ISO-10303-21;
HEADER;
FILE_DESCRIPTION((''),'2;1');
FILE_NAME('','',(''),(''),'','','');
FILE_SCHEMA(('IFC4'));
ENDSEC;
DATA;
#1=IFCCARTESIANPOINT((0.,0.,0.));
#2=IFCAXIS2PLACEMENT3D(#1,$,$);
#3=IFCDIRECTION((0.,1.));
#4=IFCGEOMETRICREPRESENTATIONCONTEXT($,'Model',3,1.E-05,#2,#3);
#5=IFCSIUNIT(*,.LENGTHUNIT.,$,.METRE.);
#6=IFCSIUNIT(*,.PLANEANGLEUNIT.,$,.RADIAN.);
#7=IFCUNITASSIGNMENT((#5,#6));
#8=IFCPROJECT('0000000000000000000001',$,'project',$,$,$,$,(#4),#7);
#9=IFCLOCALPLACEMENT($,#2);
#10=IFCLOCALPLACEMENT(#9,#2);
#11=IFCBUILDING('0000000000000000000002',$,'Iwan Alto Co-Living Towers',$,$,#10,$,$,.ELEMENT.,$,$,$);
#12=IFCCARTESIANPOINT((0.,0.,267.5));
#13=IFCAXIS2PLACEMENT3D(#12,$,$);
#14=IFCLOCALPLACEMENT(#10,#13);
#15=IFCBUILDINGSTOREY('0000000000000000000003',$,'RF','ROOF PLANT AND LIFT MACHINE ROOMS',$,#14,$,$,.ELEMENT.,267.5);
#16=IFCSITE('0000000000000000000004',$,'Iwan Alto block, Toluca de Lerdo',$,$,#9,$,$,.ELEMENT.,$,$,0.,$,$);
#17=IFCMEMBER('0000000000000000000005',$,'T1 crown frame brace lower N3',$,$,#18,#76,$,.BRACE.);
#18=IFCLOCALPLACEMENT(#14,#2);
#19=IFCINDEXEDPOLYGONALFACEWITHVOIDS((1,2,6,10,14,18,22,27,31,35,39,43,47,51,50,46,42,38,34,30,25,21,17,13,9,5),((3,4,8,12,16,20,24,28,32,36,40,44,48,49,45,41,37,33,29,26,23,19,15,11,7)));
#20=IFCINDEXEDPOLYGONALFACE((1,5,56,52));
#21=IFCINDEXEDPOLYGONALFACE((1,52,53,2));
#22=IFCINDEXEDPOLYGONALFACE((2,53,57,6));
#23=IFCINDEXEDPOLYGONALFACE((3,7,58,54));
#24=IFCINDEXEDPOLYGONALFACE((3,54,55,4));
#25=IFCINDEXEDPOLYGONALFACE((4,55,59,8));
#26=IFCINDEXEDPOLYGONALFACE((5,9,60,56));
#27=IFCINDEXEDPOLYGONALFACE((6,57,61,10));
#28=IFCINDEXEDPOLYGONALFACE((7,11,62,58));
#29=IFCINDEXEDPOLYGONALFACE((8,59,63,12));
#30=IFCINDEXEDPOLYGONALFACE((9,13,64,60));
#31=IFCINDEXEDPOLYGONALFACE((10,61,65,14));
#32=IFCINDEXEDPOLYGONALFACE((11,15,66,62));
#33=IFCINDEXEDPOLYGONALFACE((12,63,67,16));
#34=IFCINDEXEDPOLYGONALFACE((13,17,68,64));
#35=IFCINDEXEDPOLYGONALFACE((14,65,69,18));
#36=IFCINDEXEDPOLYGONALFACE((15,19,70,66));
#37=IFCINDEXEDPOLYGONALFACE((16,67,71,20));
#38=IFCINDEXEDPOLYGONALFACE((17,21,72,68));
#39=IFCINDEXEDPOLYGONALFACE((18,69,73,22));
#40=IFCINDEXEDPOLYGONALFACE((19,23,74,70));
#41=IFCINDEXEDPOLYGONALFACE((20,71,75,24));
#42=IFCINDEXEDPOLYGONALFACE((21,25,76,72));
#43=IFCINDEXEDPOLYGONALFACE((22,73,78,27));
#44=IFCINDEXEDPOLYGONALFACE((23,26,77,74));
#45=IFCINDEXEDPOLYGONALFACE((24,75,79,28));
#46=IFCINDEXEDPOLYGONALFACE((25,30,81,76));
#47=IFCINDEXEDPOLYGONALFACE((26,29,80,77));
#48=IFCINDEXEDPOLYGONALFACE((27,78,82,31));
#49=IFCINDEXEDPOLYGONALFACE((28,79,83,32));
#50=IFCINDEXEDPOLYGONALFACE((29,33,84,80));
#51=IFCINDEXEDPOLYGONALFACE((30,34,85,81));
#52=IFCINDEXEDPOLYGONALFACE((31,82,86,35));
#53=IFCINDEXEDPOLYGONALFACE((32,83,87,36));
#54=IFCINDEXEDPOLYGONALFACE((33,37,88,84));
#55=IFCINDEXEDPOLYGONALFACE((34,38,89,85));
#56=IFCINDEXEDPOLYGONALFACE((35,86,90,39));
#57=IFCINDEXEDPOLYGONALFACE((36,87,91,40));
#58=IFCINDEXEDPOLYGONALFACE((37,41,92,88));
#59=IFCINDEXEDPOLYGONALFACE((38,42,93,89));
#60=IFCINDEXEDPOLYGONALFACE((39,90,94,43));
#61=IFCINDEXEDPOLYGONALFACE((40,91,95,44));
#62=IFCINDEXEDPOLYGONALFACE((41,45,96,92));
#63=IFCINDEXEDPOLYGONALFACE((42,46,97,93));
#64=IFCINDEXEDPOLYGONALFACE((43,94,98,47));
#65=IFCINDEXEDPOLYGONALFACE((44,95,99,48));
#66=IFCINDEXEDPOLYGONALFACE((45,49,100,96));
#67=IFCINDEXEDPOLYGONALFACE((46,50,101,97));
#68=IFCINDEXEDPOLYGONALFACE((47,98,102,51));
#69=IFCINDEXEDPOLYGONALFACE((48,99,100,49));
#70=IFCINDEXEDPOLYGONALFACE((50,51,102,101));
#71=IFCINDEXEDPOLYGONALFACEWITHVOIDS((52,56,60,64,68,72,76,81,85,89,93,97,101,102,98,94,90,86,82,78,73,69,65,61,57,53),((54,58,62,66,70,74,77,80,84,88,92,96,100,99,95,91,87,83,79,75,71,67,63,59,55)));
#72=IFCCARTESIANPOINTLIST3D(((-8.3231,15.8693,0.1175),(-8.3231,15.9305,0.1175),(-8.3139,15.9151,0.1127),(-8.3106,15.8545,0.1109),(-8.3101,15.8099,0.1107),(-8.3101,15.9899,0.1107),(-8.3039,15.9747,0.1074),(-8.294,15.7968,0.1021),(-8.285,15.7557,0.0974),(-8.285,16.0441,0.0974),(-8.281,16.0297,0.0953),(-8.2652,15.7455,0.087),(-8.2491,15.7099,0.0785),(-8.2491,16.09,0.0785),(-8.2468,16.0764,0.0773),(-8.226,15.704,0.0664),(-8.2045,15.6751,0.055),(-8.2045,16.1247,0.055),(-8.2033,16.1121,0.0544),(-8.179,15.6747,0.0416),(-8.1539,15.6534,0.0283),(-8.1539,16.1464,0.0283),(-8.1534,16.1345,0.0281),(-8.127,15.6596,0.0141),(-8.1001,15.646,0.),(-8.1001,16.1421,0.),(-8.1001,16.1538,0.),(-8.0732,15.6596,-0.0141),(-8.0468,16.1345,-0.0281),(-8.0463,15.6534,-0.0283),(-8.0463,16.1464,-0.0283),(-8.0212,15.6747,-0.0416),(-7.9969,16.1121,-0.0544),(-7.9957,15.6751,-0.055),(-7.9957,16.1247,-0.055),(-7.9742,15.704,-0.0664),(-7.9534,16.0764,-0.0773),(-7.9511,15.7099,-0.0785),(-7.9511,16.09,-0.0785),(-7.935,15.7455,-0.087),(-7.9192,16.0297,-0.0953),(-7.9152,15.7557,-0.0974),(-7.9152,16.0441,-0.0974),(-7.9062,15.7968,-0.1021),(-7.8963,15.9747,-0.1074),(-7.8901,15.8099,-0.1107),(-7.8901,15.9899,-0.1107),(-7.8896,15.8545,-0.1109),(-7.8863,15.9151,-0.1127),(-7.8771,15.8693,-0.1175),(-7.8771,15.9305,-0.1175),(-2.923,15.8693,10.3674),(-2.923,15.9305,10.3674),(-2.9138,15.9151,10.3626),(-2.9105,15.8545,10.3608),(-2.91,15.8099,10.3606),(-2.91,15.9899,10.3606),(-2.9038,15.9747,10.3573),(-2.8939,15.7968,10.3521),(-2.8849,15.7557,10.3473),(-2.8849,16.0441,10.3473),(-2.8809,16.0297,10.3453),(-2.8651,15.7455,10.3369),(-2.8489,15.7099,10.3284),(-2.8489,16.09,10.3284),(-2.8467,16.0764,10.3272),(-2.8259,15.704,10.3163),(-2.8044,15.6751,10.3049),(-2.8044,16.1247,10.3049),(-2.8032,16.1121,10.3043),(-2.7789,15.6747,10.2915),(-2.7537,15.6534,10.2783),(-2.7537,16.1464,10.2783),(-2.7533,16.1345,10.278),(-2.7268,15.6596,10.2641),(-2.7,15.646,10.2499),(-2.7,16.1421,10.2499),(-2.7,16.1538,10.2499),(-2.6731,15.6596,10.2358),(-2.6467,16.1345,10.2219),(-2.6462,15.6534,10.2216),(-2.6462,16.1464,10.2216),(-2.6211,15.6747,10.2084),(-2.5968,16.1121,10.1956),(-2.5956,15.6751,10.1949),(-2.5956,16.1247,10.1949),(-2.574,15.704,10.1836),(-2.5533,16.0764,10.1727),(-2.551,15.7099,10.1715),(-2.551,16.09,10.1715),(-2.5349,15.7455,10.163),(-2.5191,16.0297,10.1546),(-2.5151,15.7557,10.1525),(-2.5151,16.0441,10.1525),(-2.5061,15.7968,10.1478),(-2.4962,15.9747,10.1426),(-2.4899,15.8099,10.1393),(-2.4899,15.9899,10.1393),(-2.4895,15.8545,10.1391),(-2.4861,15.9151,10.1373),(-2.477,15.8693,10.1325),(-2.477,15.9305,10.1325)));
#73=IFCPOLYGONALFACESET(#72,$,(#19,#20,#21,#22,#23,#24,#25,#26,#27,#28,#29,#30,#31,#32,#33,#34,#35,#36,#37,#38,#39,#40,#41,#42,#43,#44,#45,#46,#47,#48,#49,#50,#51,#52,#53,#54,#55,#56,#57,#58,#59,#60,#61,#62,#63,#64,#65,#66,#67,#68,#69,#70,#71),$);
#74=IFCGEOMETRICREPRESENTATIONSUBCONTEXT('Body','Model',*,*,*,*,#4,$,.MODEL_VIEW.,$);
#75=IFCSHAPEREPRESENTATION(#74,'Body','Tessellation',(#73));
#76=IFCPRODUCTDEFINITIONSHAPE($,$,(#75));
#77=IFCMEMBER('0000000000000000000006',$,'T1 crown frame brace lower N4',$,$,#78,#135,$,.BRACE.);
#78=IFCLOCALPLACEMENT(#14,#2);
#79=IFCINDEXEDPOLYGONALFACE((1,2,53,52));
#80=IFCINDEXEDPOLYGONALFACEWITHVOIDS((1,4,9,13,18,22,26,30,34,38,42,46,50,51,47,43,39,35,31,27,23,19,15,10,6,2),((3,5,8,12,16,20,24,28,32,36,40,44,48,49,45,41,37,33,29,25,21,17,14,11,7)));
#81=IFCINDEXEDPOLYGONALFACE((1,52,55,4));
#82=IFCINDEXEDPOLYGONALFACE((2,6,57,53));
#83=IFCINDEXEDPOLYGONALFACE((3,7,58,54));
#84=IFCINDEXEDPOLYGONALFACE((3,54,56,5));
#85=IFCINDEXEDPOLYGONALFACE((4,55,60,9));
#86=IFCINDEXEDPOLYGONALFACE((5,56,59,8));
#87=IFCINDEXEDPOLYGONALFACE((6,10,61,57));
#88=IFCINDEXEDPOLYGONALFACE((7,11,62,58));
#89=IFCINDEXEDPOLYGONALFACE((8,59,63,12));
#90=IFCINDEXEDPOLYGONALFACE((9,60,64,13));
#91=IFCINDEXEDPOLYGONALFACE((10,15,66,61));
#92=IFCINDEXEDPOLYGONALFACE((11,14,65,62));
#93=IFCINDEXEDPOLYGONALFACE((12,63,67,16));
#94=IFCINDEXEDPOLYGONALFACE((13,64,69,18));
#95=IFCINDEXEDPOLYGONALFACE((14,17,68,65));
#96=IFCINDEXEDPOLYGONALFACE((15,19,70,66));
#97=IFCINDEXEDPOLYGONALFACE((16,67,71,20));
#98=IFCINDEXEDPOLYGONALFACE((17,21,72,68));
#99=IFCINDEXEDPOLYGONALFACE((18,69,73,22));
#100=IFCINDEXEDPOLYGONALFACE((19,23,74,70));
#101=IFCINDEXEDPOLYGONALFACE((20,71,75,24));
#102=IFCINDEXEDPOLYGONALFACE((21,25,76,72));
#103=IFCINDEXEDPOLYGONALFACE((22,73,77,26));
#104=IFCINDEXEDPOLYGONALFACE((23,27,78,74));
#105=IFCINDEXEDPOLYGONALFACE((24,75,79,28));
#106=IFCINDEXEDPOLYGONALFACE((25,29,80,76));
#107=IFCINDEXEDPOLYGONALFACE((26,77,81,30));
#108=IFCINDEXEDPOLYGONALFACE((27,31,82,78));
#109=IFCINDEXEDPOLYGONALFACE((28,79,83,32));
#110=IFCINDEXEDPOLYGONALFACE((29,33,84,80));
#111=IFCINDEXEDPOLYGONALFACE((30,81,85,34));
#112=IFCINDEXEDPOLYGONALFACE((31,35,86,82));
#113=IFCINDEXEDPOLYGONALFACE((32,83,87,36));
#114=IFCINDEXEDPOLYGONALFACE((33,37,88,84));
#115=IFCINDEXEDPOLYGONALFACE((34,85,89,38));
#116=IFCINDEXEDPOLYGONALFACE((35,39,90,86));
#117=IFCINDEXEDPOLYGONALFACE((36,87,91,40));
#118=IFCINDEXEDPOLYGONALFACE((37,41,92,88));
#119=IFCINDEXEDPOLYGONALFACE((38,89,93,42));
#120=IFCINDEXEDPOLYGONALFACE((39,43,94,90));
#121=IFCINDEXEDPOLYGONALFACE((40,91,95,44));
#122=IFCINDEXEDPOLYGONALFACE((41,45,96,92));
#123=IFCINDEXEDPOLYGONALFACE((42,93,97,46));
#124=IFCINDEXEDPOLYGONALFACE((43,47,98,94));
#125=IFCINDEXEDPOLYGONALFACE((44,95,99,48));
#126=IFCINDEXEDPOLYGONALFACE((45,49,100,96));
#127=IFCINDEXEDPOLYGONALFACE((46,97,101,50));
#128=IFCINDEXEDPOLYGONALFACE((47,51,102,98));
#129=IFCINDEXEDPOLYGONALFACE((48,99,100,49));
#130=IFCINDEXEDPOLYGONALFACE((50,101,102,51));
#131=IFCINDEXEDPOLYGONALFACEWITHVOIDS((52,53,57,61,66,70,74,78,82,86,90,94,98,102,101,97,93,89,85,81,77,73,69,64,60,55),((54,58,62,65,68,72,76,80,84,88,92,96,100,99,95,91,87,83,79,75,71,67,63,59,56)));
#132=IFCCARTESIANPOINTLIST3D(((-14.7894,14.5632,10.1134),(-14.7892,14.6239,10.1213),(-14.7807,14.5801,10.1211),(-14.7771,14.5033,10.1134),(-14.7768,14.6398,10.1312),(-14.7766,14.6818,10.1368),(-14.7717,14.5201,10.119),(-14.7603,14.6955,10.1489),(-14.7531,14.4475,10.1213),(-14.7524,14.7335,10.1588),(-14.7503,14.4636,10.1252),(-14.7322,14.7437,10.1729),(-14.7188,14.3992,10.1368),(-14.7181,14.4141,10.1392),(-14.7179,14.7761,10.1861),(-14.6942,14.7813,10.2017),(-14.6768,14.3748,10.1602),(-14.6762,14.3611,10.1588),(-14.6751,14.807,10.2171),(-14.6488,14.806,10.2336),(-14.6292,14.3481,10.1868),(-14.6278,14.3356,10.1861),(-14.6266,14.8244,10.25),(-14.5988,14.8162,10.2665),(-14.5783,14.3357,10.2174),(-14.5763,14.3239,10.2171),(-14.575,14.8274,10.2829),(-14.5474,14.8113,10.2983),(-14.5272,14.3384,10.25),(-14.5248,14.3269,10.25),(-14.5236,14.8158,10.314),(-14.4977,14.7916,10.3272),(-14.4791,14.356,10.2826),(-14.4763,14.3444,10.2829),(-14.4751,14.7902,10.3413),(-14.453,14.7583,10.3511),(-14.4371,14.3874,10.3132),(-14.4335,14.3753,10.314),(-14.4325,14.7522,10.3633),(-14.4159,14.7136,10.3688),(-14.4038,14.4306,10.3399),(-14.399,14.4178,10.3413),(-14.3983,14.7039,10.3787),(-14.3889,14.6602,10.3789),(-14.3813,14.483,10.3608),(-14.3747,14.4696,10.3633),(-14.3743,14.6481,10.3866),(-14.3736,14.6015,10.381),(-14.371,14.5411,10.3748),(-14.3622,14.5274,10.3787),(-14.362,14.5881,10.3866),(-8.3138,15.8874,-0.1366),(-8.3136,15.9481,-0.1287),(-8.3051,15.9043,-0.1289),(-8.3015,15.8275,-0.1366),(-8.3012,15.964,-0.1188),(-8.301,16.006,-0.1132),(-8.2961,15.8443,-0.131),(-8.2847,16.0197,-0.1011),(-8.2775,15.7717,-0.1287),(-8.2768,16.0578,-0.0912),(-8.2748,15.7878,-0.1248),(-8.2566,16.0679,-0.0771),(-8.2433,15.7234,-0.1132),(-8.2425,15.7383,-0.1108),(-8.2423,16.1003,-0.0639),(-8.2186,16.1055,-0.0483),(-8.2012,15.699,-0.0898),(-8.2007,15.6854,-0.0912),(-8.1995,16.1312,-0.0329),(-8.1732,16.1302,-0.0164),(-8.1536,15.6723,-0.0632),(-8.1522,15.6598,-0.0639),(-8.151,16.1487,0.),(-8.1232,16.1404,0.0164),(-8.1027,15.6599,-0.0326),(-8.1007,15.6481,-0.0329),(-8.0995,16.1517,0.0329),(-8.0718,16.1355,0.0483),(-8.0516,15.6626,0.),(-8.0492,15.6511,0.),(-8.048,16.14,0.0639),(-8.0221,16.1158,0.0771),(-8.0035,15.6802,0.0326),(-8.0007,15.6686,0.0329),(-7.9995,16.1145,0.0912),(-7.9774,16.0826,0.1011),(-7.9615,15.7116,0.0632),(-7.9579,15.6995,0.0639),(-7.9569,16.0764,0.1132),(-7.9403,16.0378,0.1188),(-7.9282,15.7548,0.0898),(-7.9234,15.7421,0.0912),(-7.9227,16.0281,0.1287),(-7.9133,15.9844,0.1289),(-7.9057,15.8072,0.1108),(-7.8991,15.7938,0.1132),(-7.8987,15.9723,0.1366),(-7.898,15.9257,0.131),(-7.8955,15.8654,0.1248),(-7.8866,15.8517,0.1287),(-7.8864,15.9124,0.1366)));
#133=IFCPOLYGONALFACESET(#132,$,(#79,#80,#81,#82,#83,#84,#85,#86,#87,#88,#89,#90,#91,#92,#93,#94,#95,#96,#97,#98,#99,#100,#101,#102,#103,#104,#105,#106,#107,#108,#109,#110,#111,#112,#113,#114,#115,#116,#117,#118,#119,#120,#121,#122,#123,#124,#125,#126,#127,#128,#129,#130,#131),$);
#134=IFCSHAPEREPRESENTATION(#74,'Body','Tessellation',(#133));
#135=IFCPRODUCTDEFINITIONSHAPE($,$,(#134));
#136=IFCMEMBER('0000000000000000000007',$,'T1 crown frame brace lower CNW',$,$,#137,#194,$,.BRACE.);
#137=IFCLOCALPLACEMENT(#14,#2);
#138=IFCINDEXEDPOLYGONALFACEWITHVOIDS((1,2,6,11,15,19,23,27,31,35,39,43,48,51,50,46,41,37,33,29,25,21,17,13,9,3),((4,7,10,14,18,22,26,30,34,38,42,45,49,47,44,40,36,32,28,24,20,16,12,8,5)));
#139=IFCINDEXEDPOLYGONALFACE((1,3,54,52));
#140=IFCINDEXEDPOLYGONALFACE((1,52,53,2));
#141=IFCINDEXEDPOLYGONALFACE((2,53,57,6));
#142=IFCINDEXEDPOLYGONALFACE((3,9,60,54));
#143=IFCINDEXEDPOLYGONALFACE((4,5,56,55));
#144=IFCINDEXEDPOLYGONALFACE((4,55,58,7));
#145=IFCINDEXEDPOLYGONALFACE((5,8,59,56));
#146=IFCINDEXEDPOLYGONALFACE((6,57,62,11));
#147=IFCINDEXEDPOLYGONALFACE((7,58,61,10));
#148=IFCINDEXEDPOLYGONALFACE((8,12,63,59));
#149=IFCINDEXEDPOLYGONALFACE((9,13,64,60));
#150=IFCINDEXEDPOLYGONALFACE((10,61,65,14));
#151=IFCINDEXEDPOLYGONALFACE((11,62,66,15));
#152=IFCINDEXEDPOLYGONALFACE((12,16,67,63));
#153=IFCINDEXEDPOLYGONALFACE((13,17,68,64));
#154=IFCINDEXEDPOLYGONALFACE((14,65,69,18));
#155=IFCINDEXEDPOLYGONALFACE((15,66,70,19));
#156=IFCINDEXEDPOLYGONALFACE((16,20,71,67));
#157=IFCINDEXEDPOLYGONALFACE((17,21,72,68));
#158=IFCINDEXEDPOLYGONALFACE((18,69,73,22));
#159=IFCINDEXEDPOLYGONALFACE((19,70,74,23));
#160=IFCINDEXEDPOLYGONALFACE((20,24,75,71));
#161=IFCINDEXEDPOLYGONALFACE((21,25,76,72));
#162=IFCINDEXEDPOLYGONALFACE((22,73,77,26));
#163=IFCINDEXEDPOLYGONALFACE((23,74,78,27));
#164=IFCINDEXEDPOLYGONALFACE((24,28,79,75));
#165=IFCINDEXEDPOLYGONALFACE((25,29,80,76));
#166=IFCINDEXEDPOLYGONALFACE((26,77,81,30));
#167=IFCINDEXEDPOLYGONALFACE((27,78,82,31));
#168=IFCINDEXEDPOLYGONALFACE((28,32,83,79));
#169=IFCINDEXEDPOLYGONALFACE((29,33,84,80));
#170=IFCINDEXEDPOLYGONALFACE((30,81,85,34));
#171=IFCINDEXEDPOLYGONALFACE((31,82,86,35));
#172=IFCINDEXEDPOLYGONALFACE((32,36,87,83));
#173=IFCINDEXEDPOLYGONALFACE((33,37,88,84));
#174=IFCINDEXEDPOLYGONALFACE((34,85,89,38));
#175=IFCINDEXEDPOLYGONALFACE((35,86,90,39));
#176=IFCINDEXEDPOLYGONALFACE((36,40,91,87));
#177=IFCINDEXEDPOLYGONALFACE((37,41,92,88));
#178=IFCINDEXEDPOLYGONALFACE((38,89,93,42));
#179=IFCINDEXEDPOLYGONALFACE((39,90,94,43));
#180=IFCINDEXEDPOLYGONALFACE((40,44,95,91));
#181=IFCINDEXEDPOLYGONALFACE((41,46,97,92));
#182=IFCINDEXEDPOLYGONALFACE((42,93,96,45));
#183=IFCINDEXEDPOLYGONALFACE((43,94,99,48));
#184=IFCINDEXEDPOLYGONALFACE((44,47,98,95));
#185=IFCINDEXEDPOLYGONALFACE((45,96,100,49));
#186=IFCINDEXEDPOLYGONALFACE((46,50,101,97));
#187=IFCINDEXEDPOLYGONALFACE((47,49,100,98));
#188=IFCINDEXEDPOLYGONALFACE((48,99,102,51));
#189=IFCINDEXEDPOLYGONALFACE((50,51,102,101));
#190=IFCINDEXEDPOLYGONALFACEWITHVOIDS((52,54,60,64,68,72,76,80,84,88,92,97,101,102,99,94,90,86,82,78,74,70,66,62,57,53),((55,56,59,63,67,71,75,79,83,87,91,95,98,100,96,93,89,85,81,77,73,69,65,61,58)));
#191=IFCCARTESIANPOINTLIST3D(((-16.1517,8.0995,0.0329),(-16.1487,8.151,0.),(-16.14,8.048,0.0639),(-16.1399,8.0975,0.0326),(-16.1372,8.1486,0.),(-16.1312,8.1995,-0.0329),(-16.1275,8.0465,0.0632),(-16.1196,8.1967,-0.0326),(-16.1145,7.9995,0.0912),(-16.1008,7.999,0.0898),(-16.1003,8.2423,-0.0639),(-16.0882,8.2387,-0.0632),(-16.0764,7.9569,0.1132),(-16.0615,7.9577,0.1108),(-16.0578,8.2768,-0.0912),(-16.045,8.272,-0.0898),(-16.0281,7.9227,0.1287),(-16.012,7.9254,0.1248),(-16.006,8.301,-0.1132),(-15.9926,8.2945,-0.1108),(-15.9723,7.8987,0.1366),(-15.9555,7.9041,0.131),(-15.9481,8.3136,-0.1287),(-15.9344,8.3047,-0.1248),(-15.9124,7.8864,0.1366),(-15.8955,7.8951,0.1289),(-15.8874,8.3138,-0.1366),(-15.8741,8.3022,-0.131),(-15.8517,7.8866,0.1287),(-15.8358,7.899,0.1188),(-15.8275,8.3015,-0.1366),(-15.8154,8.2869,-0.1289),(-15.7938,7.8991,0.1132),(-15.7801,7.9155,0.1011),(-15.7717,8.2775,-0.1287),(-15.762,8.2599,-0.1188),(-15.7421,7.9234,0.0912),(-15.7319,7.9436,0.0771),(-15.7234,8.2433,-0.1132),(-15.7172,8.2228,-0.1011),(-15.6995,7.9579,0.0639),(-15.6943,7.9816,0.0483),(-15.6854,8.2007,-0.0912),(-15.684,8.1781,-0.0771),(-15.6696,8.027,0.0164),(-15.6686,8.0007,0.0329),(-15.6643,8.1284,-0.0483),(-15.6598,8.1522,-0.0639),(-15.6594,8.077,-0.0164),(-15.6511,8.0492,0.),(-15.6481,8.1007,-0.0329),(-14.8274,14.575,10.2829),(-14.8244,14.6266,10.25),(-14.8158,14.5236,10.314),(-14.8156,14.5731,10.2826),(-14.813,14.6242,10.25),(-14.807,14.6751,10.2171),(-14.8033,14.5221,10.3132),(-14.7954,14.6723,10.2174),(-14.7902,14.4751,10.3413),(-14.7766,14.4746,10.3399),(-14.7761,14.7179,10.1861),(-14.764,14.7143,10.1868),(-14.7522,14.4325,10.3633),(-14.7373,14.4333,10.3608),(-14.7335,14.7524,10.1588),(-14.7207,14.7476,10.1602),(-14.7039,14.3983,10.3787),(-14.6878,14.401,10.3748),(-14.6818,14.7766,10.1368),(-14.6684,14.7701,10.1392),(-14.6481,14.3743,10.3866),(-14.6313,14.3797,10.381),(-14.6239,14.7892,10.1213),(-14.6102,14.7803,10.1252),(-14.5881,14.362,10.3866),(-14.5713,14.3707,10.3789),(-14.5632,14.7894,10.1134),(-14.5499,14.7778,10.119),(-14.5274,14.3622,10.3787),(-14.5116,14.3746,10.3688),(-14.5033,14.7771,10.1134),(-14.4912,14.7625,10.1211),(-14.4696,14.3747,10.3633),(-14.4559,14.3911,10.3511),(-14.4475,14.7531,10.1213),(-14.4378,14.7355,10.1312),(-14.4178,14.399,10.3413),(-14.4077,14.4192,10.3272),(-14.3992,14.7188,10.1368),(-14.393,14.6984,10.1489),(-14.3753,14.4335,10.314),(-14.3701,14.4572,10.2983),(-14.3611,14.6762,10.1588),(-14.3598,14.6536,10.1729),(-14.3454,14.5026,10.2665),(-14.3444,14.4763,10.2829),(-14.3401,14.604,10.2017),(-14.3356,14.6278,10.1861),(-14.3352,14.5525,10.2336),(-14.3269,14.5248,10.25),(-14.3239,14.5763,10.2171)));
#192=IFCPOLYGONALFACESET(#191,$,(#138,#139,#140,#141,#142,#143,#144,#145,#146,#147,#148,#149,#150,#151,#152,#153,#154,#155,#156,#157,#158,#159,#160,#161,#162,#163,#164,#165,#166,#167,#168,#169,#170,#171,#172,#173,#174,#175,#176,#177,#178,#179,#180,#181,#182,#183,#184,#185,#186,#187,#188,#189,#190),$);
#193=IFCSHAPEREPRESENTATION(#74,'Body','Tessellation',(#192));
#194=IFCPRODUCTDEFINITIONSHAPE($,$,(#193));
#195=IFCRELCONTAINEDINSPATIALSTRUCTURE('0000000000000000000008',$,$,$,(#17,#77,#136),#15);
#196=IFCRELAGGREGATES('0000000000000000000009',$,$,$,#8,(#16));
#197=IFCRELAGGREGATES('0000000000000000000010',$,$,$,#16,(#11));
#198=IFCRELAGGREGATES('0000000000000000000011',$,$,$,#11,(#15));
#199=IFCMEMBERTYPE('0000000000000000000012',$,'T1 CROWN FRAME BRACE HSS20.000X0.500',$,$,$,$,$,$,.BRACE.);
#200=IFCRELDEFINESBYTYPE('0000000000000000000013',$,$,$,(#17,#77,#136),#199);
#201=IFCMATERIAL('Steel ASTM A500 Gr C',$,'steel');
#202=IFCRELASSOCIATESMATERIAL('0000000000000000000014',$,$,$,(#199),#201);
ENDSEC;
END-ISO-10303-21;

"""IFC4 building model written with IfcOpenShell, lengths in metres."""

from ifc_helpers import new_model, si_unit, direction, frame, origin, origin_2d, place, context, subcontext, project, spatial, hollow_circle, extrude, material, material_profile, profile_set, type_object, element, save


model = new_model("IFC4")

# Units and contexts
model_context = context("Model", 3, precision=1e-05, world=origin(), true_north=direction((0.0, 1.0)))
body_context = subcontext(model_context, "Body", "Model", "MODEL_VIEW")
ifc_project = project(units=[si_unit("LENGTHUNIT", "METRE"), si_unit("PLANEANGLEUNIT", "RADIAN")], contexts=[model_context])

# Site, building, storey
site_placement = place(None, origin())
site = spatial("IfcSite", under=ifc_project, at=site_placement, Name="Iwan Alto block, Toluca de Lerdo", CompositionType="ELEMENT", RefElevation=0.0)
building_placement = place(site_placement, origin())
building = spatial("IfcBuilding", under=site, at=building_placement, Name="Iwan Alto Co-Living Towers", CompositionType="ELEMENT")
storey_placement = place(building_placement, frame((0.0, 0.0, 267.5)))
storey = spatial("IfcBuildingStorey", under=building, at=storey_placement, Name="RF", Description="ROOF PLANT AND LIFT MACHINE ROOMS", CompositionType="ELEMENT", Elevation=267.5)

# Members
ifc_material_1 = material(Name="Steel ASTM A500 Gr C", Category="steel")
ifc_material_profile_1 = material_profile(ifc_material_1, hollow_circle(Radius=0.2539, WallThickness=0.0117, at=origin_2d()), Name="HSS20.000X0.500")
ifc_profile_set_1 = profile_set([ifc_material_profile_1], Name="Steel ASTM A500 Gr C")
member_type = type_object("IfcMemberType", Name="T1 CROWN FRAME BRACE HSS20.000X0.500", PredefinedType="BRACE", material=ifc_profile_set_1)
for number, where, z_axis, x_axis, name in (
    (1, (-8.1001, 15.8999, 0.0), (0.466112, 0.0, 0.884726), (0.0, 1.0, 0.0), "T1 crown frame brace lower N3"),
):
    element("IfcMember", number, at=place(storey_placement, frame(where, z_axis=z_axis, x_axis=x_axis)), inside=storey, type_object=member_type, Name=name, PredefinedType="BRACE", context=body_context, shape_type="SweptSolid", body=[
        extrude(hollow_circle(Radius=0.2539, WallThickness=0.0117, at=origin_2d()), origin(), (0.0, 0.0, 1.0), 11.5854),
    ])
for number, where, z_axis, x_axis, name in (
    (2, (-8.1001, 15.8999, 0.0), (-0.530948, -0.108576, 0.84042), (0.200348, -0.979725, 0.0), "T1 crown frame brace lower N4"),
    (3, (-15.8999, 8.1001, 0.0), (0.108576, 0.530948, 0.84042), (-0.979725, 0.200348, 0.0), "T1 crown frame brace lower CNW"),
):
    element("IfcMember", number, at=place(storey_placement, frame(where, z_axis=z_axis, x_axis=x_axis)), inside=storey, type_object=member_type, Name=name, PredefinedType="BRACE", context=body_context, shape_type="SweptSolid", body=[
        extrude(hollow_circle(Radius=0.2539, WallThickness=0.0117, at=origin_2d()), origin(), (0.0, 0.0, 1.0), 12.1963),
    ])

save(model, "model.ifc")
